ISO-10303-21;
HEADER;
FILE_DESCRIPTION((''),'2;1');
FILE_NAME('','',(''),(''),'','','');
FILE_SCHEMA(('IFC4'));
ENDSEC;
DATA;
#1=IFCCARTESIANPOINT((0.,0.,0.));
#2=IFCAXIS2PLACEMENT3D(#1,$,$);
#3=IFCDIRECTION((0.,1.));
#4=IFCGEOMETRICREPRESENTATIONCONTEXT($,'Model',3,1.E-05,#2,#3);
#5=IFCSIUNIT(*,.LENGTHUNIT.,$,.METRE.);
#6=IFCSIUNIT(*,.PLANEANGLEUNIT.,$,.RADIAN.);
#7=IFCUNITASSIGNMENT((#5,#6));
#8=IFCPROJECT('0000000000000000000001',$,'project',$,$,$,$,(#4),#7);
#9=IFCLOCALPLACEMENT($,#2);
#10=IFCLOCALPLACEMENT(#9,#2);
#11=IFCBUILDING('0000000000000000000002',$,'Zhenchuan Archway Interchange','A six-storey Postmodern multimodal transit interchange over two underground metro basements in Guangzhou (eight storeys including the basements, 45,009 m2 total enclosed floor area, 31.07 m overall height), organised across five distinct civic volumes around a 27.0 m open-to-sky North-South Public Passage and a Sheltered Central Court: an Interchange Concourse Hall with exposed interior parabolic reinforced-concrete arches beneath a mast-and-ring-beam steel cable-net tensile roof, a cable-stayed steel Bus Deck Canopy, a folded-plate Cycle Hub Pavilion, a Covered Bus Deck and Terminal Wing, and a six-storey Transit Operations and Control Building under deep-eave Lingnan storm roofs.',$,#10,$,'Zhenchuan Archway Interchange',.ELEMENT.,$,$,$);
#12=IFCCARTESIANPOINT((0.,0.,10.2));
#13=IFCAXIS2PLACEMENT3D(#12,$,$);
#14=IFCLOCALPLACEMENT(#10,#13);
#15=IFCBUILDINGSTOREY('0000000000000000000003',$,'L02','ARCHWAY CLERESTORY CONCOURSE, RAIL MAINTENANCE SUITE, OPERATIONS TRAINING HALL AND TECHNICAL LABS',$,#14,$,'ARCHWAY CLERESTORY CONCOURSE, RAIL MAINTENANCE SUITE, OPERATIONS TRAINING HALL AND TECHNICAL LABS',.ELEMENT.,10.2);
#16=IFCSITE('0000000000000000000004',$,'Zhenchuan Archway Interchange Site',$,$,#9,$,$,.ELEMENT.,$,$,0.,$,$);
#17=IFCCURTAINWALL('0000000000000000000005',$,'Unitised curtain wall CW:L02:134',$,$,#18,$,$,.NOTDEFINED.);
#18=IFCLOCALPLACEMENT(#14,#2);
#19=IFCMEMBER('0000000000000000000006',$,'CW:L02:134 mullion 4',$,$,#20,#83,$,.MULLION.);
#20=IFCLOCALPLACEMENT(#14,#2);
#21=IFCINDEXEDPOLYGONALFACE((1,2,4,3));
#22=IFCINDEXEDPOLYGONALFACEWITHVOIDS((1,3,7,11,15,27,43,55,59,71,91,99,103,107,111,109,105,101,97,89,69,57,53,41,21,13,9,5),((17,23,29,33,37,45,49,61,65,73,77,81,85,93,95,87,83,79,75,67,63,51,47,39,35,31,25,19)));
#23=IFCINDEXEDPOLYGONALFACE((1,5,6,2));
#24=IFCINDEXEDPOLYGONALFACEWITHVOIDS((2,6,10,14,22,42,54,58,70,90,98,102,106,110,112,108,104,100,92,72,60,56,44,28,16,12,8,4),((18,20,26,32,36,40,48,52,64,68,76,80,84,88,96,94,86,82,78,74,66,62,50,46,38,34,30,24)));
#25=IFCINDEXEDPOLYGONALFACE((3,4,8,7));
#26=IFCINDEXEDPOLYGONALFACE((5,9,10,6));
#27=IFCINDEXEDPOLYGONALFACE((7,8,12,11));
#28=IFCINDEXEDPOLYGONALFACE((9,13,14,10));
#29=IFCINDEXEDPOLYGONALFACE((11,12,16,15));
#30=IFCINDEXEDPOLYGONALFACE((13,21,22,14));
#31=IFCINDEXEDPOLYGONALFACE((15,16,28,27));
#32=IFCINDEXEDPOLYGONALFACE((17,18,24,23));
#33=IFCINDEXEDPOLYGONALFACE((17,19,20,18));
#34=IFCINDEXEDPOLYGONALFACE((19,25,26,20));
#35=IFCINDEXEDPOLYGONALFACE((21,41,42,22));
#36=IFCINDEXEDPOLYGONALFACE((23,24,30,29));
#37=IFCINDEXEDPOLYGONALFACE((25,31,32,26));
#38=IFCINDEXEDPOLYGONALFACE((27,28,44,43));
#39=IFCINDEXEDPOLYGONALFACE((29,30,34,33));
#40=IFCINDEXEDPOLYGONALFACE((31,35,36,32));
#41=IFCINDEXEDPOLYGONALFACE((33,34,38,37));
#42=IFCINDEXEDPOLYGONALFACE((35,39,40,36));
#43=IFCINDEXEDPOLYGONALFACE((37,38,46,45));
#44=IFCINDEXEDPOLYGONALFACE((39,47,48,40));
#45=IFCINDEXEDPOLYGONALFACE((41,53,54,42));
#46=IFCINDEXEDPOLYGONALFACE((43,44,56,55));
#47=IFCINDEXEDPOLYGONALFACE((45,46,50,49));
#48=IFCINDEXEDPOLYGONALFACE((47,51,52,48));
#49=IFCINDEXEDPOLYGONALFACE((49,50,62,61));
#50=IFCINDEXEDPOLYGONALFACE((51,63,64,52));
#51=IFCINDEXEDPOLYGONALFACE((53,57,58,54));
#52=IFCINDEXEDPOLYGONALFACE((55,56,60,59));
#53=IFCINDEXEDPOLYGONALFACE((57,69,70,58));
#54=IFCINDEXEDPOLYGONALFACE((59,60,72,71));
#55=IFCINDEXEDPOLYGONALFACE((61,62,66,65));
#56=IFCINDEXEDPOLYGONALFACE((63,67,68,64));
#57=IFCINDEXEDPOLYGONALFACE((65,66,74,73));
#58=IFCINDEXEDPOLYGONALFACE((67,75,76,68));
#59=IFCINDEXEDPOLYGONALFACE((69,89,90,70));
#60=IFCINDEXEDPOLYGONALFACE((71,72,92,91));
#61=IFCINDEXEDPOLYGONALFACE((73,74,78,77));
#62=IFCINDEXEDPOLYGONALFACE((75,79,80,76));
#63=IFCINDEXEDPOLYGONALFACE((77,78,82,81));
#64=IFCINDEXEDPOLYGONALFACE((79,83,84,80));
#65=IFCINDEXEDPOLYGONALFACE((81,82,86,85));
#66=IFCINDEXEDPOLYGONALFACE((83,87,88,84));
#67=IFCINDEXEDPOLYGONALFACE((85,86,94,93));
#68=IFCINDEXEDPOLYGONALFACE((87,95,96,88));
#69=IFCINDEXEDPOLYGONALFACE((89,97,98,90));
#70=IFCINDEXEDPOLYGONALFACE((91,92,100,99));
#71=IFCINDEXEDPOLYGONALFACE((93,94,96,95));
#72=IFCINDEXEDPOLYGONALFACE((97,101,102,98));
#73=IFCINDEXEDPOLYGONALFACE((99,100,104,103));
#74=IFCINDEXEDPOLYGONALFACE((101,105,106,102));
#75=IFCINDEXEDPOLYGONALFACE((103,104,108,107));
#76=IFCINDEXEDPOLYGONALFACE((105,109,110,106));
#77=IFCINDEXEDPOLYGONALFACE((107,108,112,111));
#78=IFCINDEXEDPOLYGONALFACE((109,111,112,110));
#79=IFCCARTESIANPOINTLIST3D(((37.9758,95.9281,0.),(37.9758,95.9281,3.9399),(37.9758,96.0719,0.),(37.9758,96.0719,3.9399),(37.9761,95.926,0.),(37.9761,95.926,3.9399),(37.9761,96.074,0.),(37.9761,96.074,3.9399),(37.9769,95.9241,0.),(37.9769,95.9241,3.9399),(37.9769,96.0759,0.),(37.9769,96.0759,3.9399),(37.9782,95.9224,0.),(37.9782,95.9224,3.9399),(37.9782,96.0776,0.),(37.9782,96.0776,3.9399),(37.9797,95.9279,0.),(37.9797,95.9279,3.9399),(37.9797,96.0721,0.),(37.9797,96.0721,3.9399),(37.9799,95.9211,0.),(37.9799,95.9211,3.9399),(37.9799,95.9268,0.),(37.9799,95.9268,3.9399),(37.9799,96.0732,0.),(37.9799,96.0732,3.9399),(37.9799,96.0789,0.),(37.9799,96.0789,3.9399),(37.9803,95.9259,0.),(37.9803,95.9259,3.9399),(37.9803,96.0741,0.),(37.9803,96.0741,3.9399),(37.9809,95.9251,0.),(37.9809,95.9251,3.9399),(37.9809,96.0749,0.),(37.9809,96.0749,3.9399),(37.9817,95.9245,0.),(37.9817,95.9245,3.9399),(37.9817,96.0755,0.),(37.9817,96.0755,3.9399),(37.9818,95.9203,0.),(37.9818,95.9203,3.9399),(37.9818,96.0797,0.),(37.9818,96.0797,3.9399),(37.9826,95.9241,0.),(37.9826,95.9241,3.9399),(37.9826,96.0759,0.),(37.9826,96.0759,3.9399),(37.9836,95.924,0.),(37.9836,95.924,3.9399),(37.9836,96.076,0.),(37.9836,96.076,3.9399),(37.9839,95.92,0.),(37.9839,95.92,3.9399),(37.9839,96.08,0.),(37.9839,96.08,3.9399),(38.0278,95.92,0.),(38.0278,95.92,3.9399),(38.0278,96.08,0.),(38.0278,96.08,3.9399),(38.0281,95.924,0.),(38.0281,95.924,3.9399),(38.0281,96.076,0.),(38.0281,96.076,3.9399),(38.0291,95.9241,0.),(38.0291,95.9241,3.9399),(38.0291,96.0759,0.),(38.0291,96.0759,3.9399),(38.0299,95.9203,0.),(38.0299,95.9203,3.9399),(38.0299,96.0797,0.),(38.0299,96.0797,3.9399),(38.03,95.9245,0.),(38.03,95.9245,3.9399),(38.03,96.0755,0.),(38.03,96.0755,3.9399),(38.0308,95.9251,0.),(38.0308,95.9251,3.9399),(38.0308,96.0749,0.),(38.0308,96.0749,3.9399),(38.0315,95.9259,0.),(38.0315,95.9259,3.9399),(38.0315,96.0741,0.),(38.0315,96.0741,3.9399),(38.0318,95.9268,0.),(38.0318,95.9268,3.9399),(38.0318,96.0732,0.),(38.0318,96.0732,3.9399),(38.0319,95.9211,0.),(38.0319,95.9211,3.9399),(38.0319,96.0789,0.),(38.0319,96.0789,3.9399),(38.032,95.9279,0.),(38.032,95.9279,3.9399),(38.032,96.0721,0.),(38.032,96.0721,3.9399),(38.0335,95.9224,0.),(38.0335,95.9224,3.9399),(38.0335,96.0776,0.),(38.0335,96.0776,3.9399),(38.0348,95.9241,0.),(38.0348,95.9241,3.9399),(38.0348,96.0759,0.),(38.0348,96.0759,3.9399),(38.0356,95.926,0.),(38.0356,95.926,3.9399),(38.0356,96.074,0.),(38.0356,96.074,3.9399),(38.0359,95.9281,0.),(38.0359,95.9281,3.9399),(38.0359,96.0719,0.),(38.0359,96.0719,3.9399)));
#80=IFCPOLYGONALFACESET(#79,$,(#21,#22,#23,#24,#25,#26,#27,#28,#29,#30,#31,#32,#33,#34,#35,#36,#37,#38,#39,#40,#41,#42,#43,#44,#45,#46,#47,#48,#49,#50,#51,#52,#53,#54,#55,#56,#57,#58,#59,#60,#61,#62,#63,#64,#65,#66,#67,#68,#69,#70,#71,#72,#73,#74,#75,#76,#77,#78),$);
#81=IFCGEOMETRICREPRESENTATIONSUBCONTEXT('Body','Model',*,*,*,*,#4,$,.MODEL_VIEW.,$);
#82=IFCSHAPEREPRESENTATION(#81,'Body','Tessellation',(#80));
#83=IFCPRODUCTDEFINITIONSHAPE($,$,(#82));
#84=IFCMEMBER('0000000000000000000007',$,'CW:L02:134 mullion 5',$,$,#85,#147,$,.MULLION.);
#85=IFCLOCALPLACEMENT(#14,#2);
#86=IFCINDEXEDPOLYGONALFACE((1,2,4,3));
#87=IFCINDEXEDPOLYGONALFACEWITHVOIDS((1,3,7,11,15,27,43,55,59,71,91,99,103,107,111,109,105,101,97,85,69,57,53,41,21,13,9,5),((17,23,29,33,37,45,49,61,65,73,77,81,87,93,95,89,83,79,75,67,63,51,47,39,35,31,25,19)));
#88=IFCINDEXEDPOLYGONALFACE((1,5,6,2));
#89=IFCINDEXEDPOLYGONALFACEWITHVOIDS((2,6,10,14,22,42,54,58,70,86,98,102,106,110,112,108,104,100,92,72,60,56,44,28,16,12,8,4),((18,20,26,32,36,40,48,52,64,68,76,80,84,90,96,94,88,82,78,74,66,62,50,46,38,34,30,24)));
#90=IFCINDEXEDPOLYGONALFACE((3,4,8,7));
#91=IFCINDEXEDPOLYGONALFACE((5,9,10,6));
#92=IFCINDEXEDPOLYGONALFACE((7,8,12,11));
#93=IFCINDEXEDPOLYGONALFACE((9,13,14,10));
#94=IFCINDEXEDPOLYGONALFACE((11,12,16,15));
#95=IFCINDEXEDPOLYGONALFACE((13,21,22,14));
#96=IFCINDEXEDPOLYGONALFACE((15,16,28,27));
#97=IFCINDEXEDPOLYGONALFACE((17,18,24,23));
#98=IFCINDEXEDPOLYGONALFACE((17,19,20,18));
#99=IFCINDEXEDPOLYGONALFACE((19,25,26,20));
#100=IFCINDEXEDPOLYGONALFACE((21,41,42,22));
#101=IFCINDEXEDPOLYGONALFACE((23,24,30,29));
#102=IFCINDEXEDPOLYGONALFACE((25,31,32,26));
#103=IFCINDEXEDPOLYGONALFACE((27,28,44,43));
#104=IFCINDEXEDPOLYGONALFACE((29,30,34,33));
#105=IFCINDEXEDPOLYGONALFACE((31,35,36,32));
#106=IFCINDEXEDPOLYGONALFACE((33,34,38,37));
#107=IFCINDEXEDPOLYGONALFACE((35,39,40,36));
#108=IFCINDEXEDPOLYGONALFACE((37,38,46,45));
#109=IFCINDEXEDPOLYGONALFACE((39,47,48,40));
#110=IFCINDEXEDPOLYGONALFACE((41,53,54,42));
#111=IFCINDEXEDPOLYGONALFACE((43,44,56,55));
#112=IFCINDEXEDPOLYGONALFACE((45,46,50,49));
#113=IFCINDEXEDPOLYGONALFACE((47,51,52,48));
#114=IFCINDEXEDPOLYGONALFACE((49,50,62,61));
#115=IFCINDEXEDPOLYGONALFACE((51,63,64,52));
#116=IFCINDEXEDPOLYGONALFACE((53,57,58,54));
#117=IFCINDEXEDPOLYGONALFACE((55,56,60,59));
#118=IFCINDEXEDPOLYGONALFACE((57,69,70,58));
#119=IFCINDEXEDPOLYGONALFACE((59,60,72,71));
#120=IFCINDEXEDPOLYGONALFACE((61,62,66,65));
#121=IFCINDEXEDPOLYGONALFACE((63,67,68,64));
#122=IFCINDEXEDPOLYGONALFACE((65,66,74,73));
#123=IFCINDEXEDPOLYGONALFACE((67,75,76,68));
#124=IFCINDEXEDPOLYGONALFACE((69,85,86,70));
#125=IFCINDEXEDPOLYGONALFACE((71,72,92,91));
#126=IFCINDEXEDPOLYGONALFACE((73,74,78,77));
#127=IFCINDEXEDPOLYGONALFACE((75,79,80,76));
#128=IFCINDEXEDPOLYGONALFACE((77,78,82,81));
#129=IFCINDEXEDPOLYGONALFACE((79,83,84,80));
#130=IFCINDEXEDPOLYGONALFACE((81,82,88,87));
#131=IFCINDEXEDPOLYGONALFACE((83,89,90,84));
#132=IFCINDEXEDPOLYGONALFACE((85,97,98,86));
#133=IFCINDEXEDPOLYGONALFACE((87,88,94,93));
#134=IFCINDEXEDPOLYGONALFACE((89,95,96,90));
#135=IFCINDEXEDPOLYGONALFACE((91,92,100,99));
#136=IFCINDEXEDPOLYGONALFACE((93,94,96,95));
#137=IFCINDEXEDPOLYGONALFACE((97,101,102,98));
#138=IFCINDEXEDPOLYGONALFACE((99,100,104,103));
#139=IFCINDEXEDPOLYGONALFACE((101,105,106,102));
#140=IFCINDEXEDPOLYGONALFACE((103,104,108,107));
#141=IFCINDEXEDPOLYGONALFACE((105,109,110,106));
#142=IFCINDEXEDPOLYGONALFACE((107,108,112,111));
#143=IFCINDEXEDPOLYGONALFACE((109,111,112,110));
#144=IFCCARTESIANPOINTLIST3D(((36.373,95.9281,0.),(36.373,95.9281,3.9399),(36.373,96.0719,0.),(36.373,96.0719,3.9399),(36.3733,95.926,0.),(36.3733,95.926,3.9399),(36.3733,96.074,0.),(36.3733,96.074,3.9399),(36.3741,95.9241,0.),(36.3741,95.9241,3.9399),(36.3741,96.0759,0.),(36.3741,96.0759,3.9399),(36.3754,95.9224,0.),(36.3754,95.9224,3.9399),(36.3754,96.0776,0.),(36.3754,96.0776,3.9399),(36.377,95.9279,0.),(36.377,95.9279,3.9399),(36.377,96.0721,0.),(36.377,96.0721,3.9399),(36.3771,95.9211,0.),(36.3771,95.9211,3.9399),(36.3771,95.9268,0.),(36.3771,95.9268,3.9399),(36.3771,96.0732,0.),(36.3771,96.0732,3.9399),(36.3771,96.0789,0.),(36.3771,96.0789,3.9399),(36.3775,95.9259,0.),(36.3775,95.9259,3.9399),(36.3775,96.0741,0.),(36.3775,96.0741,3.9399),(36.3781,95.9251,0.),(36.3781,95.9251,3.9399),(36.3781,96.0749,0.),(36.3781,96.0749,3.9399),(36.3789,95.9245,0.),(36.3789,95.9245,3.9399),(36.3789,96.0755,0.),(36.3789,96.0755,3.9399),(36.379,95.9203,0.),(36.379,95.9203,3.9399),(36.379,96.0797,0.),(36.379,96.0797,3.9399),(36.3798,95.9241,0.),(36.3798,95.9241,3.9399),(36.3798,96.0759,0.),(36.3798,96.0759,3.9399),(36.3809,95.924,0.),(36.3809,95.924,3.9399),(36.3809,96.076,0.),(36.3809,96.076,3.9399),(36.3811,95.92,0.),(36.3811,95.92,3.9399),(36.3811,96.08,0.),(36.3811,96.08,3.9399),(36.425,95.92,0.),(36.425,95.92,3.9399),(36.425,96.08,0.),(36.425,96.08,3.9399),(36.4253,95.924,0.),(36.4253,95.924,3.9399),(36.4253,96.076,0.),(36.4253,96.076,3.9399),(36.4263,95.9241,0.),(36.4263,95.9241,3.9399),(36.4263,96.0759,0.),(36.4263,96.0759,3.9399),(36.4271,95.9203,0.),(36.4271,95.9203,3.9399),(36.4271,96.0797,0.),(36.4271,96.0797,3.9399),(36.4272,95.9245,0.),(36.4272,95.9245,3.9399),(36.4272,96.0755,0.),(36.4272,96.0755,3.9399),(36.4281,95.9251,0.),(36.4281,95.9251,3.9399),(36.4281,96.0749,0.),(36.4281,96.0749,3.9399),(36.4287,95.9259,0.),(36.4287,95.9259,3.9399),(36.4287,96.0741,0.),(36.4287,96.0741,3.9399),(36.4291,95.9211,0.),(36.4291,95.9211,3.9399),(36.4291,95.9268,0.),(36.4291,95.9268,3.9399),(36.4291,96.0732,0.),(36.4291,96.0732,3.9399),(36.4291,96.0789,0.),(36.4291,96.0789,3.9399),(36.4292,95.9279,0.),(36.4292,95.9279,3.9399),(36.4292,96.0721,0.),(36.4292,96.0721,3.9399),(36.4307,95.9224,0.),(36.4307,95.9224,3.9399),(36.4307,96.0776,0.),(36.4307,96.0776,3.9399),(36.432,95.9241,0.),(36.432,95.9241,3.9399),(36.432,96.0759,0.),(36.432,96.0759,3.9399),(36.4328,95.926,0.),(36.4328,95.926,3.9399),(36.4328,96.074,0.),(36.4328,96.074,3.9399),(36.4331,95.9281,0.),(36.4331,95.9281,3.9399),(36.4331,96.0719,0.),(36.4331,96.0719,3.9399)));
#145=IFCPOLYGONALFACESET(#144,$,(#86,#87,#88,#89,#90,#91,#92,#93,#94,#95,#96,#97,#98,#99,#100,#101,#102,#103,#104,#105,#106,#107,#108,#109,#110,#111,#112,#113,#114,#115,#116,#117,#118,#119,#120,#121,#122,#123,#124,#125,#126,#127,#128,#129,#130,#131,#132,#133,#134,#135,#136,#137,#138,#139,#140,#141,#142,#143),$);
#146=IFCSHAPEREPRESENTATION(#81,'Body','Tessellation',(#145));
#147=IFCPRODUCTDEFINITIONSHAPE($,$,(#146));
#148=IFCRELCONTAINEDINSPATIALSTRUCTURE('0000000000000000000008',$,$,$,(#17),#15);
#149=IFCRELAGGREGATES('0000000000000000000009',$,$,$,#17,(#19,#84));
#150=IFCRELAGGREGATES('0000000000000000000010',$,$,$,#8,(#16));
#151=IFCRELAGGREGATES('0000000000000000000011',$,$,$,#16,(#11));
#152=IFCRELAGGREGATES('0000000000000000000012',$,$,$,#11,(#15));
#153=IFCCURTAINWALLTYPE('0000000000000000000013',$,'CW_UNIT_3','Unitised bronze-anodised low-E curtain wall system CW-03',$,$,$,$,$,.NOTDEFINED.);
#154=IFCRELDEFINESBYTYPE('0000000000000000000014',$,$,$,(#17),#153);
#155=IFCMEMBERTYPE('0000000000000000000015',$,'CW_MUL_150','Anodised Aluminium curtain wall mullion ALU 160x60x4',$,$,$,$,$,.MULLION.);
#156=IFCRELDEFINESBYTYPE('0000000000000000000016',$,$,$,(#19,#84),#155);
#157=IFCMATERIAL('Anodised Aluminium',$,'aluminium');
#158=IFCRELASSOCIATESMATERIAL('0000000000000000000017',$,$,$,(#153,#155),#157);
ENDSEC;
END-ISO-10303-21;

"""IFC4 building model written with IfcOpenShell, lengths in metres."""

from ifc_helpers import new_model, si_unit, direction, frame, origin, origin_2d, place, context, subcontext, project, spatial, hollow_rectangle, extrude, material, material_profile, profile_set, type_object, element, aggregate, save


model = new_model("IFC4")

# Units and contexts
model_context = context("Model", 3, precision=1e-05, world=origin(), true_north=direction((0.0, 1.0)))
body_context = subcontext(model_context, "Body", "Model", "MODEL_VIEW")
ifc_project = project(units=[si_unit("LENGTHUNIT", "METRE"), si_unit("PLANEANGLEUNIT", "RADIAN")], contexts=[model_context])

# Site, building, storey
site_placement = place(None, origin())
site = spatial("IfcSite", under=ifc_project, at=site_placement, Name="Zhenchuan Archway Interchange Site", CompositionType="ELEMENT", RefElevation=0.0)
building_placement = place(site_placement, origin())
building = spatial("IfcBuilding", under=site, at=building_placement, Name="Zhenchuan Archway Interchange", Description="A six-storey Postmodern multimodal transit interchange over two underground metro basements in Guangzhou (eight storeys including the basements, 45,009 m2 total enclosed floor area, 31.07 m overall height), organised across five distinct civic volumes around a 27.0 m open-to-sky North-South Public Passage and a Sheltered Central Court: an Interchange Concourse Hall with exposed interior parabolic reinforced-concrete arches beneath a mast-and-ring-beam steel cable-net tensile roof, a cable-stayed steel Bus Deck Canopy, a folded-plate Cycle Hub Pavilion, a Covered Bus Deck and Terminal Wing, and a six-storey Transit Operations and Control Building under deep-eave Lingnan storm roofs.", LongName="Zhenchuan Archway Interchange", CompositionType="ELEMENT")
storey_placement = place(building_placement, frame((0.0, 0.0, 10.2)))
storey = spatial("IfcBuildingStorey", under=building, at=storey_placement, Name="L02", Description="ARCHWAY CLERESTORY CONCOURSE, RAIL MAINTENANCE SUITE, OPERATIONS TRAINING HALL AND TECHNICAL LABS", LongName="ARCHWAY CLERESTORY CONCOURSE, RAIL MAINTENANCE SUITE, OPERATIONS TRAINING HALL AND TECHNICAL LABS", CompositionType="ELEMENT", Elevation=10.2)

# Curtain wall, members
ifc_material_1 = material(Name="Anodised Aluminium", Category="aluminium")
curtain_wall_type = type_object("IfcCurtainWallType", Name="CW_UNIT_3", Description="Unitised bronze-anodised low-E curtain wall system CW-03", PredefinedType="NOTDEFINED", material=ifc_material_1)
curtain_wall_placement = place(storey_placement, origin())
curtain_wall = element("IfcCurtainWall", 1, at=curtain_wall_placement, inside=storey, type_object=curtain_wall_type, Name="Unitised curtain wall CW:L02:134", PredefinedType="NOTDEFINED")
ifc_material_profile_1 = material_profile(ifc_material_1, hollow_rectangle(XDim=0.0601, YDim=0.1599, WallThickness=0.0039, InnerFilletRadius=0.0039, OuterFilletRadius=0.0081, at=origin_2d()), Name="ALU 160x60x4")
ifc_profile_set_1 = profile_set([ifc_material_profile_1], Name="Anodised Aluminium")
member_type_1 = type_object("IfcMemberType", Name="CW_MUL_150", Description="Anodised Aluminium curtain wall mullion ALU 160x60x4", PredefinedType="MULLION", material=ifc_profile_set_1)
member_1_placement = place(storey_placement, frame((38.0059, 96.0, 0.0), z_axis=(0.0, 0.0, 1.0), x_axis=(1.0, 0.0, 0.0)))
member_1 = element("IfcMember", 2, at=member_1_placement, type_object=member_type_1, Name="CW:L02:134 mullion 4", PredefinedType="MULLION", context=body_context, shape_type="SweptSolid", body=[
    extrude(hollow_rectangle(XDim=0.0601, YDim=0.1599, WallThickness=0.0039, InnerFilletRadius=0.0039, OuterFilletRadius=0.0081, at=origin_2d()), origin(), (0.0, 0.0, 1.0), 3.9399),
])
member_2_placement = place(storey_placement, frame((36.4031, 96.0, 0.0), z_axis=(0.0, 0.0, 1.0), x_axis=(1.0, 0.0, 0.0)))
member_2 = element("IfcMember", 3, at=member_2_placement, type_object=member_type_1, Name="CW:L02:134 mullion 5", PredefinedType="MULLION", context=body_context, shape_type="SweptSolid", body=[
    extrude(hollow_rectangle(XDim=0.0601, YDim=0.1599, WallThickness=0.0039, InnerFilletRadius=0.0039, OuterFilletRadius=0.0081, at=origin_2d()), origin(), (0.0, 0.0, 1.0), 3.9399),
])

aggregate(curtain_wall, [member_1, member_2])

save(model, "model.ifc")
